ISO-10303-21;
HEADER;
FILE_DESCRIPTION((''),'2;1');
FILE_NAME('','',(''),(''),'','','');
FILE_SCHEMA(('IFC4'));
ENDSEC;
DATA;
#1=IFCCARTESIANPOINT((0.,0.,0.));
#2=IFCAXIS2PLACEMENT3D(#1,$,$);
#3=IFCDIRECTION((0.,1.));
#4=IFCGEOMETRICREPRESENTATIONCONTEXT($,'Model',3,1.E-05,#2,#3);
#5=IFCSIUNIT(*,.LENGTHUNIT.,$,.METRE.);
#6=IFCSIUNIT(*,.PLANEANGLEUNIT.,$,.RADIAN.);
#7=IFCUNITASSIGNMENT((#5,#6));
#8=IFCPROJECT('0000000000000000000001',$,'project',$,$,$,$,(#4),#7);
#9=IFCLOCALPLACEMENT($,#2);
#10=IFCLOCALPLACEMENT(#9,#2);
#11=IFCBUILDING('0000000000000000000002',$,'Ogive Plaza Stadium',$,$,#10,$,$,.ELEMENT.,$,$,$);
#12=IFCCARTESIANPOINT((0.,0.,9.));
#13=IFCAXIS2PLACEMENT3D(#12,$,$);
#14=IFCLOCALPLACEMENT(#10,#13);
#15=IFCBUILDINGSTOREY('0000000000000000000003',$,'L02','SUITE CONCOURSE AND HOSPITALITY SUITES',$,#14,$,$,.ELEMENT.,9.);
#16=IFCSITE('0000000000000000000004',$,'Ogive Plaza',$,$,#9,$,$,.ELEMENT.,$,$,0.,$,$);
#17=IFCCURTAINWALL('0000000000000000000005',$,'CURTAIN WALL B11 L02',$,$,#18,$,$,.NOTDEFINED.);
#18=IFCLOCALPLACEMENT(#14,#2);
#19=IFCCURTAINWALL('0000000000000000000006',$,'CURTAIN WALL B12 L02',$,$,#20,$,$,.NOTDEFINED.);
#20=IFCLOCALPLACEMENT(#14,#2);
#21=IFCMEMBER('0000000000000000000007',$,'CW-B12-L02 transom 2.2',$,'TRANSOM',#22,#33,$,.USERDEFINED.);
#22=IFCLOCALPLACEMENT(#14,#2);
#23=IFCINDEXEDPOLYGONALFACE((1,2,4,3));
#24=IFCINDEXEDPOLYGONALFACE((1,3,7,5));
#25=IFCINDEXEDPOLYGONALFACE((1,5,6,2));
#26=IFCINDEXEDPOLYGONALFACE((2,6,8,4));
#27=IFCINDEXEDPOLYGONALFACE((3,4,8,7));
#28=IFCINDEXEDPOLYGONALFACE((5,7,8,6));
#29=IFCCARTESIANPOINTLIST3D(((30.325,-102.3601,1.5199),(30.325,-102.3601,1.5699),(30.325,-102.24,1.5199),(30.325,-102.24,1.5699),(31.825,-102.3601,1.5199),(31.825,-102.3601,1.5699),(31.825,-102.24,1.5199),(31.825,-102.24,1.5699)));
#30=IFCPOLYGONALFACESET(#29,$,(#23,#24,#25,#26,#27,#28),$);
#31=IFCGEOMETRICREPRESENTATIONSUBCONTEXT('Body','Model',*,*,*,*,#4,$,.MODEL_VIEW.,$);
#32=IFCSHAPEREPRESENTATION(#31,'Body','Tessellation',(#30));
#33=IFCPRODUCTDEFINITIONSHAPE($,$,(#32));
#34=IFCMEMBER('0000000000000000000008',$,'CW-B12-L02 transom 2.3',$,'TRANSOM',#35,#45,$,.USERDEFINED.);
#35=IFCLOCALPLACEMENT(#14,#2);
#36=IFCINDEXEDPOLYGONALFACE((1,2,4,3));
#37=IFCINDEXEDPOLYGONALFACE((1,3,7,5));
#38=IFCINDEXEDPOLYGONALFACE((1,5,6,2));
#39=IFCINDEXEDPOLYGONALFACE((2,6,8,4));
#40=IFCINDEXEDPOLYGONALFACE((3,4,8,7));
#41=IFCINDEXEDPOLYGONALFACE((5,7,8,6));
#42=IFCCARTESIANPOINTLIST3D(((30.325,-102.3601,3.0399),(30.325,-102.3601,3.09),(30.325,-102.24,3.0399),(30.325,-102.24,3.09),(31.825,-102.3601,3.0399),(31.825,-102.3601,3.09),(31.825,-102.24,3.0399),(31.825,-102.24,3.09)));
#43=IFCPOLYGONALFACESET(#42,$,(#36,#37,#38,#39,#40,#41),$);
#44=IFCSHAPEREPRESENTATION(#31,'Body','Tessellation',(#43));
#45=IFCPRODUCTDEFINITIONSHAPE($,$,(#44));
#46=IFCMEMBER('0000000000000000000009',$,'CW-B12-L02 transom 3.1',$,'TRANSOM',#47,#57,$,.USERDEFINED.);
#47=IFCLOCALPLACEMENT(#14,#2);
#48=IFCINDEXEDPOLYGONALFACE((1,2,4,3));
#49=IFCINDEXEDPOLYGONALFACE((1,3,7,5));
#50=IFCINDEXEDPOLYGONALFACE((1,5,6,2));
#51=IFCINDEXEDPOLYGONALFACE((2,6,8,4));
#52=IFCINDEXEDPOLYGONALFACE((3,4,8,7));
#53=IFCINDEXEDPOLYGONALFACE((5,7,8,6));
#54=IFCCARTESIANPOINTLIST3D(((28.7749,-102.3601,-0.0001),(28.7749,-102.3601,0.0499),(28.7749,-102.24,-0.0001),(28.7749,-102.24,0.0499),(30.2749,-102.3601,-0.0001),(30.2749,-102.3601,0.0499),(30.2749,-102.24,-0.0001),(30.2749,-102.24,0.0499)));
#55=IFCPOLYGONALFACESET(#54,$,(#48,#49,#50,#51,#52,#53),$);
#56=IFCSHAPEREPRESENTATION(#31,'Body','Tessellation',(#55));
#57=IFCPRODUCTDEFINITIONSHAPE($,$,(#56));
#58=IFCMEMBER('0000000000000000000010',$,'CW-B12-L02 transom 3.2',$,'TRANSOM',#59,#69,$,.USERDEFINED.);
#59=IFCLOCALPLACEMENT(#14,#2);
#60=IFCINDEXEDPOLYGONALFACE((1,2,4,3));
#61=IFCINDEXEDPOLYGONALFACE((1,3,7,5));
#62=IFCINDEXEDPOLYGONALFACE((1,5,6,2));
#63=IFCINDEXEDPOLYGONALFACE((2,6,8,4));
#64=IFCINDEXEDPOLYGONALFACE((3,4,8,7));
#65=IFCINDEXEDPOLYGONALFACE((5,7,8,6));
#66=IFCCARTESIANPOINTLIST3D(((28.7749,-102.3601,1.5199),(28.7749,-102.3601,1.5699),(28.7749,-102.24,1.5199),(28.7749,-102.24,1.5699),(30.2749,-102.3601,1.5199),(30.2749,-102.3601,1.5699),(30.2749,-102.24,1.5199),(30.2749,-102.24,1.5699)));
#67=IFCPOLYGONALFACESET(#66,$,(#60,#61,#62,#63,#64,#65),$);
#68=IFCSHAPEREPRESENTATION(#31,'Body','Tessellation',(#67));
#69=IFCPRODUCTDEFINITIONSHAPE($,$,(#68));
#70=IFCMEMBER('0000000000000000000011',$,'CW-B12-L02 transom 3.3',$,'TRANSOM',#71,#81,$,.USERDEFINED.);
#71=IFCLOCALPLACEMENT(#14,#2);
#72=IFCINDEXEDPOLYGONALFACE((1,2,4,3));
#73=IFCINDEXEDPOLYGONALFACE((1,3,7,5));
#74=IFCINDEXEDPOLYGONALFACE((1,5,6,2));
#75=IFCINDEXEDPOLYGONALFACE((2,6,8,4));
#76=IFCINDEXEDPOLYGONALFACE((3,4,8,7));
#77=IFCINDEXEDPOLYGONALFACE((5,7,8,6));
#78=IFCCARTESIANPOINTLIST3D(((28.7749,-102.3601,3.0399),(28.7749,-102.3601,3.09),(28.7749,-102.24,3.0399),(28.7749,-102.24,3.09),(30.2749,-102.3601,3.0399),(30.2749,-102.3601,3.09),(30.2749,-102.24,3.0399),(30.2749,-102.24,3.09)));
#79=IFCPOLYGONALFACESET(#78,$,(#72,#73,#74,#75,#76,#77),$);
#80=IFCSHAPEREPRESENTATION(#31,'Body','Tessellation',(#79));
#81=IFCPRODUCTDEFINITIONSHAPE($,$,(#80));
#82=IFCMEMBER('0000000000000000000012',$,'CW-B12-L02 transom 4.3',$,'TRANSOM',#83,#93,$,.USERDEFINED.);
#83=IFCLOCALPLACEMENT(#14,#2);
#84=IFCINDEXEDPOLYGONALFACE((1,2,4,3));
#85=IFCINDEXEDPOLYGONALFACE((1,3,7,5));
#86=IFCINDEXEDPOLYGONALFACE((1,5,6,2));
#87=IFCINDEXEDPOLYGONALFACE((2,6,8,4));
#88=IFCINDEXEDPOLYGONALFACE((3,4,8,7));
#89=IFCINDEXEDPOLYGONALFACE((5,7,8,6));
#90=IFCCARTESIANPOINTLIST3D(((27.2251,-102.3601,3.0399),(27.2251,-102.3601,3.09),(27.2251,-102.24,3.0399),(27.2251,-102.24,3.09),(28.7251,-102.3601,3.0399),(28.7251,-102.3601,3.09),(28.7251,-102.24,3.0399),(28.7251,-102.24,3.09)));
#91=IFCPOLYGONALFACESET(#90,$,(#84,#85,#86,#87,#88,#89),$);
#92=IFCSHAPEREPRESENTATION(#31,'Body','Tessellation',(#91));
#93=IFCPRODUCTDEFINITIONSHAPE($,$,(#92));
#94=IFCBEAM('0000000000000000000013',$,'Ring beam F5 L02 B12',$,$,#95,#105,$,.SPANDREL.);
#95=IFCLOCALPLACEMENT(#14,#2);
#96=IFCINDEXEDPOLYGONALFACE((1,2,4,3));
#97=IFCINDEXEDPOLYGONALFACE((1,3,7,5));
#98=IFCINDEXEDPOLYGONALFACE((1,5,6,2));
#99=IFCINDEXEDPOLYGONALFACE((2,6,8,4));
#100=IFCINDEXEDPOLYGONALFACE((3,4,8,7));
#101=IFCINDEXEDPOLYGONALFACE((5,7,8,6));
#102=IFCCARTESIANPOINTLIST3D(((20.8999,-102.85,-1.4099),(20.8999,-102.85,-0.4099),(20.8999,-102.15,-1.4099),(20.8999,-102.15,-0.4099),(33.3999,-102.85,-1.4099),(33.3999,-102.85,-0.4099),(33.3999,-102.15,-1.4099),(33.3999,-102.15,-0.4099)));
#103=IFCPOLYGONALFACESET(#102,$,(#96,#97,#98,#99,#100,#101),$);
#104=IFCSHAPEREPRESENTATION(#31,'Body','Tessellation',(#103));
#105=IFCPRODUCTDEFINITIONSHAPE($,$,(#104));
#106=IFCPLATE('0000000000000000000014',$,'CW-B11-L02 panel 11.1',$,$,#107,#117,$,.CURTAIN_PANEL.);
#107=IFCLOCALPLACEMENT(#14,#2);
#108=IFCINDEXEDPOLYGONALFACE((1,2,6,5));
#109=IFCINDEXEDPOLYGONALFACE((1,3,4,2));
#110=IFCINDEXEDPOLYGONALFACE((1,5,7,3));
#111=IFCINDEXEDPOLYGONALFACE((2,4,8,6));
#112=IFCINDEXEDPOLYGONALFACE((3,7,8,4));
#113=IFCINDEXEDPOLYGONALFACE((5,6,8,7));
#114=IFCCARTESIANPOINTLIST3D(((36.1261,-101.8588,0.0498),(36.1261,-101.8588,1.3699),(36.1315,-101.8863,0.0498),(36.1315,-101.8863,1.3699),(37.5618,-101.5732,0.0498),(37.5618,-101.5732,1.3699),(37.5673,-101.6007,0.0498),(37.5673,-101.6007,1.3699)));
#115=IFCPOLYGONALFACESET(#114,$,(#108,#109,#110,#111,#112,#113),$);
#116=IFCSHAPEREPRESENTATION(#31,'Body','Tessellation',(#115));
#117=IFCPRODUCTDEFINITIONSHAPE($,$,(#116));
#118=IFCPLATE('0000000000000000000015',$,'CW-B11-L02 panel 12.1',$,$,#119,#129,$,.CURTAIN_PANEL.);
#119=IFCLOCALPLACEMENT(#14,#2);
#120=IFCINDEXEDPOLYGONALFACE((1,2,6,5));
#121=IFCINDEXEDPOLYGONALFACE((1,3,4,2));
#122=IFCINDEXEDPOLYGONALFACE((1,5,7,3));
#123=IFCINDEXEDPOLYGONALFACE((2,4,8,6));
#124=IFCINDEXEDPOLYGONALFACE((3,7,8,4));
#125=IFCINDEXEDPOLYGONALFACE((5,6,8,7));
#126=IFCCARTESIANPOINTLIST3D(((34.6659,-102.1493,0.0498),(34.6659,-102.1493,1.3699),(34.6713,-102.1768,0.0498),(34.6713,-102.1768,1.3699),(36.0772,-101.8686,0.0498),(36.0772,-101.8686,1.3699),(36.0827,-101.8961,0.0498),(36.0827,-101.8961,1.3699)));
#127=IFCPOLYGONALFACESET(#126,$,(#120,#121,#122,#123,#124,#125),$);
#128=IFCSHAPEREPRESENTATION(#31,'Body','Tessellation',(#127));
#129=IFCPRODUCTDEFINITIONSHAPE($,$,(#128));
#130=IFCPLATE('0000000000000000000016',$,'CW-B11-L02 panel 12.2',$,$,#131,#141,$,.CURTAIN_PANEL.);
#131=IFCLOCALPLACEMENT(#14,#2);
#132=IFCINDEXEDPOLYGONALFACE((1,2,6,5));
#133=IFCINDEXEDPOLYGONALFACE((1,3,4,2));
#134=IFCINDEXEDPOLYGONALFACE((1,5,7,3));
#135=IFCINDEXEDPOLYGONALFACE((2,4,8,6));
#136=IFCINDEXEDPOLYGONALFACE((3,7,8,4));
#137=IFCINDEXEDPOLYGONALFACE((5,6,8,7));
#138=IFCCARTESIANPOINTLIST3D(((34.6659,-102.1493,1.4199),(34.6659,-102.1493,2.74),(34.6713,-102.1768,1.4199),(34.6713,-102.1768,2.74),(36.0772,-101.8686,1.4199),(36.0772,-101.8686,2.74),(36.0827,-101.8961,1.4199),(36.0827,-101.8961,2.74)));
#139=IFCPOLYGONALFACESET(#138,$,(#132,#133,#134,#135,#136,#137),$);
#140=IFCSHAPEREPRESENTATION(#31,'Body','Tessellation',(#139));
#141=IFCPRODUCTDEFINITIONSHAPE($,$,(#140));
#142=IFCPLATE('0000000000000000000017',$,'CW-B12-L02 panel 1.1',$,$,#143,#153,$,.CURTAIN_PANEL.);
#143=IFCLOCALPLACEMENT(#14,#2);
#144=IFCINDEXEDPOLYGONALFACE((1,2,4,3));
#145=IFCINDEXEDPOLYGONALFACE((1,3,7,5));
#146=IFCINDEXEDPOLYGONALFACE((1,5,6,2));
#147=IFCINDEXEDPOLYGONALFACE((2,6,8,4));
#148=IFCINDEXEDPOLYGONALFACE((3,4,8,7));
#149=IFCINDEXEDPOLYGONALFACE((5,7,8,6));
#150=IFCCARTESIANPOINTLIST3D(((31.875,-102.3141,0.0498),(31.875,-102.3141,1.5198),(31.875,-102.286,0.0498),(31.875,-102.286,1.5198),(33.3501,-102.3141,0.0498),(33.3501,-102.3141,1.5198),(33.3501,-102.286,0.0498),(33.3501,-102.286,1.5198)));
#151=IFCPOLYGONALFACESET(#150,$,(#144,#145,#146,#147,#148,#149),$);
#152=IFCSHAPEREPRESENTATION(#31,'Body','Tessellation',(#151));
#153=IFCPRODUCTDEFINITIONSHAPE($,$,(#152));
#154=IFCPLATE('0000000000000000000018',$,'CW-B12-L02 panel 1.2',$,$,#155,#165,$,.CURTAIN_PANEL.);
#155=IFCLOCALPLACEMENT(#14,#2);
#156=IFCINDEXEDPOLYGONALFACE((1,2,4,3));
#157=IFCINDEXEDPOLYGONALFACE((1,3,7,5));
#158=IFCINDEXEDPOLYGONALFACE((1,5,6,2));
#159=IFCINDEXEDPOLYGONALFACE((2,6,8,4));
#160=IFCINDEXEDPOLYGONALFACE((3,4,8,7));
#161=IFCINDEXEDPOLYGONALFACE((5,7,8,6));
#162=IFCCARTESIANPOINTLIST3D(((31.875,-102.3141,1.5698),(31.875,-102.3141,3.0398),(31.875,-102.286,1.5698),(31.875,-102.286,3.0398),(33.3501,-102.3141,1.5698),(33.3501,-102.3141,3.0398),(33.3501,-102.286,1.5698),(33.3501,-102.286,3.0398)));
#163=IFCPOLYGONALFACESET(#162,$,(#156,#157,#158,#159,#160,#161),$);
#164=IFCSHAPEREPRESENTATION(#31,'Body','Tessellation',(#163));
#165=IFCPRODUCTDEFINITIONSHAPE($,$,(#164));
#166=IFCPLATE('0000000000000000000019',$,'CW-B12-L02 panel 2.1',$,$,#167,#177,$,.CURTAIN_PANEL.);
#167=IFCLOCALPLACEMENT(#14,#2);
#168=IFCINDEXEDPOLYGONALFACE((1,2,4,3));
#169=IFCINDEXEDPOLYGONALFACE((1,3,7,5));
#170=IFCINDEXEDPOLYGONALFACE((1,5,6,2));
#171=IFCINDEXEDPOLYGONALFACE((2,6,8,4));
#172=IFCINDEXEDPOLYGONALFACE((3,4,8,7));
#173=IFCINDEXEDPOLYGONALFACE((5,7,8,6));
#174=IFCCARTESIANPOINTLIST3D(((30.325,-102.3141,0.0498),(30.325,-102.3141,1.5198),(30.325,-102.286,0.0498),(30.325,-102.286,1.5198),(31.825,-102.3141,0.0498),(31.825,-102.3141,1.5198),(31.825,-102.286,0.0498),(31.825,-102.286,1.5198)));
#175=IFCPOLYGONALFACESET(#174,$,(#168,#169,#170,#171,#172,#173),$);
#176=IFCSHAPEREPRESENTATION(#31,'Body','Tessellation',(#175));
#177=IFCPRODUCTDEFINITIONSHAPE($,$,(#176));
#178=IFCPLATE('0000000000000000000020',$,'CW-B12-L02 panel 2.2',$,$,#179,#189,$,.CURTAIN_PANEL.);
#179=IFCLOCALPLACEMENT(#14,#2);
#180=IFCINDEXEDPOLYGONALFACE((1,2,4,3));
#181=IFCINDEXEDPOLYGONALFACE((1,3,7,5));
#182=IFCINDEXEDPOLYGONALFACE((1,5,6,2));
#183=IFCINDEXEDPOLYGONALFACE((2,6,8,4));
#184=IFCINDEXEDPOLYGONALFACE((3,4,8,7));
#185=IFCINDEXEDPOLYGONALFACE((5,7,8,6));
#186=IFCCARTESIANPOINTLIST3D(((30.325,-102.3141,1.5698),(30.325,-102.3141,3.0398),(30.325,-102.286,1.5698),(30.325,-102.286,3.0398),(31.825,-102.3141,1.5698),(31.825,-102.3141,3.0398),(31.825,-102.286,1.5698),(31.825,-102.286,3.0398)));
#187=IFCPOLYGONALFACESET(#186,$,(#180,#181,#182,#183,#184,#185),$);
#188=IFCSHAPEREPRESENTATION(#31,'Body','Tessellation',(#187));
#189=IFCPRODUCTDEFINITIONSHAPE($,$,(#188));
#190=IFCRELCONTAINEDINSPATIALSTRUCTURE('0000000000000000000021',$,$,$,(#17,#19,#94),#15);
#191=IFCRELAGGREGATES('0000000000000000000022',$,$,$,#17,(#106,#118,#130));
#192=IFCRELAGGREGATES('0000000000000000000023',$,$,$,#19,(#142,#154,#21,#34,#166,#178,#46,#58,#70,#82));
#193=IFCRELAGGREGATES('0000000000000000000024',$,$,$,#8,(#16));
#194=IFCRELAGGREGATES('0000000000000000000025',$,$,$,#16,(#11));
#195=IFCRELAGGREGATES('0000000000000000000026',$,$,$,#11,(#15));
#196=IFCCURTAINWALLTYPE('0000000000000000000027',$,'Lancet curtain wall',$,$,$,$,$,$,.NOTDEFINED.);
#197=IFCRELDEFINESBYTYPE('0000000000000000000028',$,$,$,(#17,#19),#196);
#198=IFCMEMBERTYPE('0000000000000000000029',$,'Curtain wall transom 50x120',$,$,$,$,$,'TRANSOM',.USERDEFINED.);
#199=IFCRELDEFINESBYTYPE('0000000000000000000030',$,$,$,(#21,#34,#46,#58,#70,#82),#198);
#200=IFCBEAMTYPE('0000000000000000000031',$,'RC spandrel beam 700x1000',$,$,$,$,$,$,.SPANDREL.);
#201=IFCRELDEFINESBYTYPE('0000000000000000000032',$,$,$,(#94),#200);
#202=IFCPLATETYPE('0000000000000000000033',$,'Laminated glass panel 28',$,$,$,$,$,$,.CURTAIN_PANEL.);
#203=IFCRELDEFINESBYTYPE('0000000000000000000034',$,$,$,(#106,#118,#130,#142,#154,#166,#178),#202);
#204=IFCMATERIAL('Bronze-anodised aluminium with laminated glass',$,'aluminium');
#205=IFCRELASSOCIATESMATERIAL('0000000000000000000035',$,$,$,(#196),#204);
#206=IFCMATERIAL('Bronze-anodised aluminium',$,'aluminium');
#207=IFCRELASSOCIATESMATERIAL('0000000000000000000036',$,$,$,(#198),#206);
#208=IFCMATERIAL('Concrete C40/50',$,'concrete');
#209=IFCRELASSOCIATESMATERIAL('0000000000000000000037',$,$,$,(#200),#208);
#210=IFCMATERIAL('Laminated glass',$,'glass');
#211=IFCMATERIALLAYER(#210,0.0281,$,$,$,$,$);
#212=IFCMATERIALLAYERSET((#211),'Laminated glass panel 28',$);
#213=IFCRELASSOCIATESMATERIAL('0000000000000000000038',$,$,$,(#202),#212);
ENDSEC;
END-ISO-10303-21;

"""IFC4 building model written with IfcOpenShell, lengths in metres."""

from ifc_helpers import new_model, si_unit, direction, frame, origin, origin_2d, place, context, subcontext, project, spatial, rectangle, extrude, material, layer, layer_set, material_profile, profile_set, type_object, element, aggregate, save


model = new_model("IFC4")

# Units and contexts
model_context = context("Model", 3, precision=1e-05, world=origin(), true_north=direction((0.0, 1.0)))
body_context = subcontext(model_context, "Body", "Model", "MODEL_VIEW")
ifc_project = project(units=[si_unit("LENGTHUNIT", "METRE"), si_unit("PLANEANGLEUNIT", "RADIAN")], contexts=[model_context])

# Site, building, storey
site_placement = place(None, origin())
site = spatial("IfcSite", under=ifc_project, at=site_placement, Name="Ogive Plaza", CompositionType="ELEMENT", RefElevation=0.0)
building_placement = place(site_placement, origin())
building = spatial("IfcBuilding", under=site, at=building_placement, Name="Ogive Plaza Stadium", CompositionType="ELEMENT")
storey_placement = place(building_placement, frame((0.0, 0.0, 9.0)))
storey = spatial("IfcBuildingStorey", under=building, at=storey_placement, Name="L02", Description="SUITE CONCOURSE AND HOSPITALITY SUITES", CompositionType="ELEMENT", Elevation=9.0)

# Curtain walls
ifc_material_1 = material(Name="Bronze-anodised aluminium with laminated glass", Category="aluminium")
curtain_wall_type = type_object("IfcCurtainWallType", Name="Lancet curtain wall", PredefinedType="NOTDEFINED", material=ifc_material_1)
curtain_wall_1_placement = place(storey_placement, origin())
curtain_wall_1 = element("IfcCurtainWall", 1, at=curtain_wall_1_placement, inside=storey, type_object=curtain_wall_type, Name="CURTAIN WALL B11 L02", PredefinedType="NOTDEFINED")
curtain_wall_2_placement = place(storey_placement, origin())
curtain_wall_2 = element("IfcCurtainWall", 2, at=curtain_wall_2_placement, inside=storey, type_object=curtain_wall_type, Name="CURTAIN WALL B12 L02", PredefinedType="NOTDEFINED")

# Members
ifc_material_2 = material(Name="Bronze-anodised aluminium", Category="aluminium")
ifc_material_profile_1 = material_profile(ifc_material_2, rectangle(XDim=0.1201, YDim=0.05, at=origin_2d()), Name="AL 120x50")
ifc_profile_set_1 = profile_set([ifc_material_profile_1], Name="Bronze-anodised aluminium")
member_type_1 = type_object("IfcMemberType", Name="Curtain wall transom 50x120", ElementType="TRANSOM", PredefinedType="USERDEFINED", material=ifc_profile_set_1)
member_1_placement = place(storey_placement, frame((31.825, -102.3, 1.5449), z_axis=(-1.0, 0.0, 0.0), x_axis=(0.0, -1.0, 0.0)))
member_1 = element("IfcMember", 3, at=member_1_placement, type_object=member_type_1, Name="CW-B12-L02 transom 2.2", ObjectType="TRANSOM", PredefinedType="USERDEFINED", context=body_context, shape_type="SweptSolid", body=[
    extrude(rectangle(XDim=0.1201, YDim=0.05, at=origin_2d()), origin(), (0.0, 0.0, 1.0), 1.5),
])
member_2_placement = place(storey_placement, frame((31.825, -102.3, 3.0649), z_axis=(-1.0, 0.0, 0.0), x_axis=(0.0, -1.0, 0.0)))
member_2 = element("IfcMember", 4, at=member_2_placement, type_object=member_type_1, Name="CW-B12-L02 transom 2.3", ObjectType="TRANSOM", PredefinedType="USERDEFINED", context=body_context, shape_type="SweptSolid", body=[
    extrude(rectangle(XDim=0.1201, YDim=0.05, at=origin_2d()), origin(), (0.0, 0.0, 1.0), 1.5),
])
member_3_placement = place(storey_placement, frame((30.2749, -102.3, 0.0249), z_axis=(-1.0, 0.0, 0.0), x_axis=(0.0, -1.0, 0.0)))
member_3 = element("IfcMember", 5, at=member_3_placement, type_object=member_type_1, Name="CW-B12-L02 transom 3.1", ObjectType="TRANSOM", PredefinedType="USERDEFINED", context=body_context, shape_type="SweptSolid", body=[
    extrude(rectangle(XDim=0.1201, YDim=0.05, at=origin_2d()), origin(), (0.0, 0.0, 1.0), 1.5),
])
member_4_placement = place(storey_placement, frame((30.2749, -102.3, 1.5449), z_axis=(-1.0, 0.0, 0.0), x_axis=(0.0, -1.0, 0.0)))
member_4 = element("IfcMember", 6, at=member_4_placement, type_object=member_type_1, Name="CW-B12-L02 transom 3.2", ObjectType="TRANSOM", PredefinedType="USERDEFINED", context=body_context, shape_type="SweptSolid", body=[
    extrude(rectangle(XDim=0.1201, YDim=0.05, at=origin_2d()), origin(), (0.0, 0.0, 1.0), 1.5),
])
member_5_placement = place(storey_placement, frame((30.2749, -102.3, 3.0649), z_axis=(-1.0, 0.0, 0.0), x_axis=(0.0, -1.0, 0.0)))
member_5 = element("IfcMember", 7, at=member_5_placement, type_object=member_type_1, Name="CW-B12-L02 transom 3.3", ObjectType="TRANSOM", PredefinedType="USERDEFINED", context=body_context, shape_type="SweptSolid", body=[
    extrude(rectangle(XDim=0.1201, YDim=0.05, at=origin_2d()), origin(), (0.0, 0.0, 1.0), 1.5),
])
member_6_placement = place(storey_placement, frame((28.7251, -102.3, 3.0649), z_axis=(-1.0, 0.0, 0.0), x_axis=(0.0, -1.0, 0.0)))
member_6 = element("IfcMember", 8, at=member_6_placement, type_object=member_type_1, Name="CW-B12-L02 transom 4.3", ObjectType="TRANSOM", PredefinedType="USERDEFINED", context=body_context, shape_type="SweptSolid", body=[
    extrude(rectangle(XDim=0.1201, YDim=0.05, at=origin_2d()), origin(), (0.0, 0.0, 1.0), 1.5),
])

# Beam
ifc_material_3 = material(Name="Concrete C40/50", Category="concrete")
ifc_material_profile_2 = material_profile(ifc_material_3, rectangle(XDim=0.7, YDim=1.0, at=origin_2d()), Name="RC 700x1000")
ifc_profile_set_2 = profile_set([ifc_material_profile_2], Name="Concrete C40/50")
beam_type = type_object("IfcBeamType", Name="RC spandrel beam 700x1000", PredefinedType="SPANDREL", material=ifc_profile_set_2)
beam_placement = place(storey_placement, frame((33.3999, -102.5, -0.9099), z_axis=(-1.0, 0.0, 0.0), x_axis=(0.0, -1.0, 0.0)))
element("IfcBeam", 9, at=beam_placement, inside=storey, type_object=beam_type, Name="Ring beam F5 L02 B12", PredefinedType="SPANDREL", context=body_context, shape_type="SweptSolid", body=[
    extrude(rectangle(XDim=0.7, YDim=1.0, at=origin_2d()), origin(), (0.0, 0.0, 1.0), 12.5),
])

# Plates
ifc_material_4 = material(Name="Laminated glass", Category="glass")
ifc_layer = layer(ifc_material_4, 0.0281)
ifc_layer_set = layer_set([ifc_layer], Name="Laminated glass panel 28")
plate_type = type_object("IfcPlateType", Name="Laminated glass panel 28", PredefinedType="CURTAIN_PANEL", material=ifc_layer_set)
plate_1_placement = place(storey_placement, frame((36.8467, -101.7297, 0.0498), z_axis=(0.0, 0.0, 1.0), x_axis=(-0.980785, -0.19509, 0.0)))
plate_1 = element("IfcPlate", 10, at=plate_1_placement, type_object=plate_type, Name="CW-B11-L02 panel 11.1", PredefinedType="CURTAIN_PANEL", context=body_context, shape_type="SweptSolid", body=[
    extrude(rectangle(XDim=1.4639, YDim=0.0281, at=origin_2d()), origin(), (0.0, 0.0, 1.0), 1.3201),
])
plate_2_placement = place(storey_placement, frame((35.3743, -102.0227, 0.0498), z_axis=(0.0, 0.0, 1.0), x_axis=(-0.980785, -0.19509, 0.0)))
plate_2 = element("IfcPlate", 11, at=plate_2_placement, type_object=plate_type, Name="CW-B11-L02 panel 12.1", PredefinedType="CURTAIN_PANEL", context=body_context, shape_type="SweptSolid", body=[
    extrude(rectangle(XDim=1.439, YDim=0.0281, at=origin_2d()), origin(), (0.0, 0.0, 1.0), 1.3201),
])
plate_3_placement = place(storey_placement, frame((35.3743, -102.0227, 1.4199), z_axis=(0.0, 0.0, 1.0), x_axis=(-0.980785, -0.19509, 0.0)))
plate_3 = element("IfcPlate", 12, at=plate_3_placement, type_object=plate_type, Name="CW-B11-L02 panel 12.2", PredefinedType="CURTAIN_PANEL", context=body_context, shape_type="SweptSolid", body=[
    extrude(rectangle(XDim=1.439, YDim=0.0281, at=origin_2d()), origin(), (0.0, 0.0, 1.0), 1.3201),
])
aggregate(curtain_wall_1, [plate_1, plate_2, plate_3])
plate_4_placement = place(storey_placement, frame((32.6125, -102.3, 0.0498), z_axis=(0.0, 0.0, 1.0), x_axis=(-1.0, 0.0, 0.0)))
plate_4 = element("IfcPlate", 13, at=plate_4_placement, type_object=plate_type, Name="CW-B12-L02 panel 1.1", PredefinedType="CURTAIN_PANEL", context=body_context, shape_type="SweptSolid", body=[
    extrude(rectangle(XDim=1.4751, YDim=0.0281, at=origin_2d()), origin(), (0.0, 0.0, 1.0), 1.47),
])
plate_5_placement = place(storey_placement, frame((32.6125, -102.3, 1.5698), z_axis=(0.0, 0.0, 1.0), x_axis=(-1.0, 0.0, 0.0)))
plate_5 = element("IfcPlate", 14, at=plate_5_placement, type_object=plate_type, Name="CW-B12-L02 panel 1.2", PredefinedType="CURTAIN_PANEL", context=body_context, shape_type="SweptSolid", body=[
    extrude(rectangle(XDim=1.4751, YDim=0.0281, at=origin_2d()), origin(), (0.0, 0.0, 1.0), 1.47),
])
plate_6_placement = place(storey_placement, frame((31.075, -102.3, 0.0498), z_axis=(0.0, 0.0, 1.0), x_axis=(-1.0, 0.0, 0.0)))
plate_6 = element("IfcPlate", 15, at=plate_6_placement, type_object=plate_type, Name="CW-B12-L02 panel 2.1", PredefinedType="CURTAIN_PANEL", context=body_context, shape_type="SweptSolid", body=[
    extrude(rectangle(XDim=1.5, YDim=0.0281, at=origin_2d()), origin(), (0.0, 0.0, 1.0), 1.47),
])
plate_7_placement = place(storey_placement, frame((31.075, -102.3, 1.5698), z_axis=(0.0, 0.0, 1.0), x_axis=(-1.0, 0.0, 0.0)))
plate_7 = element("IfcPlate", 16, at=plate_7_placement, type_object=plate_type, Name="CW-B12-L02 panel 2.2", PredefinedType="CURTAIN_PANEL", context=body_context, shape_type="SweptSolid", body=[
    extrude(rectangle(XDim=1.5, YDim=0.0281, at=origin_2d()), origin(), (0.0, 0.0, 1.0), 1.47),
])
aggregate(curtain_wall_2, [plate_4, plate_5, member_1, member_2, plate_6, plate_7, member_3, member_4, member_5, member_6])

save(model, "model.ifc")
